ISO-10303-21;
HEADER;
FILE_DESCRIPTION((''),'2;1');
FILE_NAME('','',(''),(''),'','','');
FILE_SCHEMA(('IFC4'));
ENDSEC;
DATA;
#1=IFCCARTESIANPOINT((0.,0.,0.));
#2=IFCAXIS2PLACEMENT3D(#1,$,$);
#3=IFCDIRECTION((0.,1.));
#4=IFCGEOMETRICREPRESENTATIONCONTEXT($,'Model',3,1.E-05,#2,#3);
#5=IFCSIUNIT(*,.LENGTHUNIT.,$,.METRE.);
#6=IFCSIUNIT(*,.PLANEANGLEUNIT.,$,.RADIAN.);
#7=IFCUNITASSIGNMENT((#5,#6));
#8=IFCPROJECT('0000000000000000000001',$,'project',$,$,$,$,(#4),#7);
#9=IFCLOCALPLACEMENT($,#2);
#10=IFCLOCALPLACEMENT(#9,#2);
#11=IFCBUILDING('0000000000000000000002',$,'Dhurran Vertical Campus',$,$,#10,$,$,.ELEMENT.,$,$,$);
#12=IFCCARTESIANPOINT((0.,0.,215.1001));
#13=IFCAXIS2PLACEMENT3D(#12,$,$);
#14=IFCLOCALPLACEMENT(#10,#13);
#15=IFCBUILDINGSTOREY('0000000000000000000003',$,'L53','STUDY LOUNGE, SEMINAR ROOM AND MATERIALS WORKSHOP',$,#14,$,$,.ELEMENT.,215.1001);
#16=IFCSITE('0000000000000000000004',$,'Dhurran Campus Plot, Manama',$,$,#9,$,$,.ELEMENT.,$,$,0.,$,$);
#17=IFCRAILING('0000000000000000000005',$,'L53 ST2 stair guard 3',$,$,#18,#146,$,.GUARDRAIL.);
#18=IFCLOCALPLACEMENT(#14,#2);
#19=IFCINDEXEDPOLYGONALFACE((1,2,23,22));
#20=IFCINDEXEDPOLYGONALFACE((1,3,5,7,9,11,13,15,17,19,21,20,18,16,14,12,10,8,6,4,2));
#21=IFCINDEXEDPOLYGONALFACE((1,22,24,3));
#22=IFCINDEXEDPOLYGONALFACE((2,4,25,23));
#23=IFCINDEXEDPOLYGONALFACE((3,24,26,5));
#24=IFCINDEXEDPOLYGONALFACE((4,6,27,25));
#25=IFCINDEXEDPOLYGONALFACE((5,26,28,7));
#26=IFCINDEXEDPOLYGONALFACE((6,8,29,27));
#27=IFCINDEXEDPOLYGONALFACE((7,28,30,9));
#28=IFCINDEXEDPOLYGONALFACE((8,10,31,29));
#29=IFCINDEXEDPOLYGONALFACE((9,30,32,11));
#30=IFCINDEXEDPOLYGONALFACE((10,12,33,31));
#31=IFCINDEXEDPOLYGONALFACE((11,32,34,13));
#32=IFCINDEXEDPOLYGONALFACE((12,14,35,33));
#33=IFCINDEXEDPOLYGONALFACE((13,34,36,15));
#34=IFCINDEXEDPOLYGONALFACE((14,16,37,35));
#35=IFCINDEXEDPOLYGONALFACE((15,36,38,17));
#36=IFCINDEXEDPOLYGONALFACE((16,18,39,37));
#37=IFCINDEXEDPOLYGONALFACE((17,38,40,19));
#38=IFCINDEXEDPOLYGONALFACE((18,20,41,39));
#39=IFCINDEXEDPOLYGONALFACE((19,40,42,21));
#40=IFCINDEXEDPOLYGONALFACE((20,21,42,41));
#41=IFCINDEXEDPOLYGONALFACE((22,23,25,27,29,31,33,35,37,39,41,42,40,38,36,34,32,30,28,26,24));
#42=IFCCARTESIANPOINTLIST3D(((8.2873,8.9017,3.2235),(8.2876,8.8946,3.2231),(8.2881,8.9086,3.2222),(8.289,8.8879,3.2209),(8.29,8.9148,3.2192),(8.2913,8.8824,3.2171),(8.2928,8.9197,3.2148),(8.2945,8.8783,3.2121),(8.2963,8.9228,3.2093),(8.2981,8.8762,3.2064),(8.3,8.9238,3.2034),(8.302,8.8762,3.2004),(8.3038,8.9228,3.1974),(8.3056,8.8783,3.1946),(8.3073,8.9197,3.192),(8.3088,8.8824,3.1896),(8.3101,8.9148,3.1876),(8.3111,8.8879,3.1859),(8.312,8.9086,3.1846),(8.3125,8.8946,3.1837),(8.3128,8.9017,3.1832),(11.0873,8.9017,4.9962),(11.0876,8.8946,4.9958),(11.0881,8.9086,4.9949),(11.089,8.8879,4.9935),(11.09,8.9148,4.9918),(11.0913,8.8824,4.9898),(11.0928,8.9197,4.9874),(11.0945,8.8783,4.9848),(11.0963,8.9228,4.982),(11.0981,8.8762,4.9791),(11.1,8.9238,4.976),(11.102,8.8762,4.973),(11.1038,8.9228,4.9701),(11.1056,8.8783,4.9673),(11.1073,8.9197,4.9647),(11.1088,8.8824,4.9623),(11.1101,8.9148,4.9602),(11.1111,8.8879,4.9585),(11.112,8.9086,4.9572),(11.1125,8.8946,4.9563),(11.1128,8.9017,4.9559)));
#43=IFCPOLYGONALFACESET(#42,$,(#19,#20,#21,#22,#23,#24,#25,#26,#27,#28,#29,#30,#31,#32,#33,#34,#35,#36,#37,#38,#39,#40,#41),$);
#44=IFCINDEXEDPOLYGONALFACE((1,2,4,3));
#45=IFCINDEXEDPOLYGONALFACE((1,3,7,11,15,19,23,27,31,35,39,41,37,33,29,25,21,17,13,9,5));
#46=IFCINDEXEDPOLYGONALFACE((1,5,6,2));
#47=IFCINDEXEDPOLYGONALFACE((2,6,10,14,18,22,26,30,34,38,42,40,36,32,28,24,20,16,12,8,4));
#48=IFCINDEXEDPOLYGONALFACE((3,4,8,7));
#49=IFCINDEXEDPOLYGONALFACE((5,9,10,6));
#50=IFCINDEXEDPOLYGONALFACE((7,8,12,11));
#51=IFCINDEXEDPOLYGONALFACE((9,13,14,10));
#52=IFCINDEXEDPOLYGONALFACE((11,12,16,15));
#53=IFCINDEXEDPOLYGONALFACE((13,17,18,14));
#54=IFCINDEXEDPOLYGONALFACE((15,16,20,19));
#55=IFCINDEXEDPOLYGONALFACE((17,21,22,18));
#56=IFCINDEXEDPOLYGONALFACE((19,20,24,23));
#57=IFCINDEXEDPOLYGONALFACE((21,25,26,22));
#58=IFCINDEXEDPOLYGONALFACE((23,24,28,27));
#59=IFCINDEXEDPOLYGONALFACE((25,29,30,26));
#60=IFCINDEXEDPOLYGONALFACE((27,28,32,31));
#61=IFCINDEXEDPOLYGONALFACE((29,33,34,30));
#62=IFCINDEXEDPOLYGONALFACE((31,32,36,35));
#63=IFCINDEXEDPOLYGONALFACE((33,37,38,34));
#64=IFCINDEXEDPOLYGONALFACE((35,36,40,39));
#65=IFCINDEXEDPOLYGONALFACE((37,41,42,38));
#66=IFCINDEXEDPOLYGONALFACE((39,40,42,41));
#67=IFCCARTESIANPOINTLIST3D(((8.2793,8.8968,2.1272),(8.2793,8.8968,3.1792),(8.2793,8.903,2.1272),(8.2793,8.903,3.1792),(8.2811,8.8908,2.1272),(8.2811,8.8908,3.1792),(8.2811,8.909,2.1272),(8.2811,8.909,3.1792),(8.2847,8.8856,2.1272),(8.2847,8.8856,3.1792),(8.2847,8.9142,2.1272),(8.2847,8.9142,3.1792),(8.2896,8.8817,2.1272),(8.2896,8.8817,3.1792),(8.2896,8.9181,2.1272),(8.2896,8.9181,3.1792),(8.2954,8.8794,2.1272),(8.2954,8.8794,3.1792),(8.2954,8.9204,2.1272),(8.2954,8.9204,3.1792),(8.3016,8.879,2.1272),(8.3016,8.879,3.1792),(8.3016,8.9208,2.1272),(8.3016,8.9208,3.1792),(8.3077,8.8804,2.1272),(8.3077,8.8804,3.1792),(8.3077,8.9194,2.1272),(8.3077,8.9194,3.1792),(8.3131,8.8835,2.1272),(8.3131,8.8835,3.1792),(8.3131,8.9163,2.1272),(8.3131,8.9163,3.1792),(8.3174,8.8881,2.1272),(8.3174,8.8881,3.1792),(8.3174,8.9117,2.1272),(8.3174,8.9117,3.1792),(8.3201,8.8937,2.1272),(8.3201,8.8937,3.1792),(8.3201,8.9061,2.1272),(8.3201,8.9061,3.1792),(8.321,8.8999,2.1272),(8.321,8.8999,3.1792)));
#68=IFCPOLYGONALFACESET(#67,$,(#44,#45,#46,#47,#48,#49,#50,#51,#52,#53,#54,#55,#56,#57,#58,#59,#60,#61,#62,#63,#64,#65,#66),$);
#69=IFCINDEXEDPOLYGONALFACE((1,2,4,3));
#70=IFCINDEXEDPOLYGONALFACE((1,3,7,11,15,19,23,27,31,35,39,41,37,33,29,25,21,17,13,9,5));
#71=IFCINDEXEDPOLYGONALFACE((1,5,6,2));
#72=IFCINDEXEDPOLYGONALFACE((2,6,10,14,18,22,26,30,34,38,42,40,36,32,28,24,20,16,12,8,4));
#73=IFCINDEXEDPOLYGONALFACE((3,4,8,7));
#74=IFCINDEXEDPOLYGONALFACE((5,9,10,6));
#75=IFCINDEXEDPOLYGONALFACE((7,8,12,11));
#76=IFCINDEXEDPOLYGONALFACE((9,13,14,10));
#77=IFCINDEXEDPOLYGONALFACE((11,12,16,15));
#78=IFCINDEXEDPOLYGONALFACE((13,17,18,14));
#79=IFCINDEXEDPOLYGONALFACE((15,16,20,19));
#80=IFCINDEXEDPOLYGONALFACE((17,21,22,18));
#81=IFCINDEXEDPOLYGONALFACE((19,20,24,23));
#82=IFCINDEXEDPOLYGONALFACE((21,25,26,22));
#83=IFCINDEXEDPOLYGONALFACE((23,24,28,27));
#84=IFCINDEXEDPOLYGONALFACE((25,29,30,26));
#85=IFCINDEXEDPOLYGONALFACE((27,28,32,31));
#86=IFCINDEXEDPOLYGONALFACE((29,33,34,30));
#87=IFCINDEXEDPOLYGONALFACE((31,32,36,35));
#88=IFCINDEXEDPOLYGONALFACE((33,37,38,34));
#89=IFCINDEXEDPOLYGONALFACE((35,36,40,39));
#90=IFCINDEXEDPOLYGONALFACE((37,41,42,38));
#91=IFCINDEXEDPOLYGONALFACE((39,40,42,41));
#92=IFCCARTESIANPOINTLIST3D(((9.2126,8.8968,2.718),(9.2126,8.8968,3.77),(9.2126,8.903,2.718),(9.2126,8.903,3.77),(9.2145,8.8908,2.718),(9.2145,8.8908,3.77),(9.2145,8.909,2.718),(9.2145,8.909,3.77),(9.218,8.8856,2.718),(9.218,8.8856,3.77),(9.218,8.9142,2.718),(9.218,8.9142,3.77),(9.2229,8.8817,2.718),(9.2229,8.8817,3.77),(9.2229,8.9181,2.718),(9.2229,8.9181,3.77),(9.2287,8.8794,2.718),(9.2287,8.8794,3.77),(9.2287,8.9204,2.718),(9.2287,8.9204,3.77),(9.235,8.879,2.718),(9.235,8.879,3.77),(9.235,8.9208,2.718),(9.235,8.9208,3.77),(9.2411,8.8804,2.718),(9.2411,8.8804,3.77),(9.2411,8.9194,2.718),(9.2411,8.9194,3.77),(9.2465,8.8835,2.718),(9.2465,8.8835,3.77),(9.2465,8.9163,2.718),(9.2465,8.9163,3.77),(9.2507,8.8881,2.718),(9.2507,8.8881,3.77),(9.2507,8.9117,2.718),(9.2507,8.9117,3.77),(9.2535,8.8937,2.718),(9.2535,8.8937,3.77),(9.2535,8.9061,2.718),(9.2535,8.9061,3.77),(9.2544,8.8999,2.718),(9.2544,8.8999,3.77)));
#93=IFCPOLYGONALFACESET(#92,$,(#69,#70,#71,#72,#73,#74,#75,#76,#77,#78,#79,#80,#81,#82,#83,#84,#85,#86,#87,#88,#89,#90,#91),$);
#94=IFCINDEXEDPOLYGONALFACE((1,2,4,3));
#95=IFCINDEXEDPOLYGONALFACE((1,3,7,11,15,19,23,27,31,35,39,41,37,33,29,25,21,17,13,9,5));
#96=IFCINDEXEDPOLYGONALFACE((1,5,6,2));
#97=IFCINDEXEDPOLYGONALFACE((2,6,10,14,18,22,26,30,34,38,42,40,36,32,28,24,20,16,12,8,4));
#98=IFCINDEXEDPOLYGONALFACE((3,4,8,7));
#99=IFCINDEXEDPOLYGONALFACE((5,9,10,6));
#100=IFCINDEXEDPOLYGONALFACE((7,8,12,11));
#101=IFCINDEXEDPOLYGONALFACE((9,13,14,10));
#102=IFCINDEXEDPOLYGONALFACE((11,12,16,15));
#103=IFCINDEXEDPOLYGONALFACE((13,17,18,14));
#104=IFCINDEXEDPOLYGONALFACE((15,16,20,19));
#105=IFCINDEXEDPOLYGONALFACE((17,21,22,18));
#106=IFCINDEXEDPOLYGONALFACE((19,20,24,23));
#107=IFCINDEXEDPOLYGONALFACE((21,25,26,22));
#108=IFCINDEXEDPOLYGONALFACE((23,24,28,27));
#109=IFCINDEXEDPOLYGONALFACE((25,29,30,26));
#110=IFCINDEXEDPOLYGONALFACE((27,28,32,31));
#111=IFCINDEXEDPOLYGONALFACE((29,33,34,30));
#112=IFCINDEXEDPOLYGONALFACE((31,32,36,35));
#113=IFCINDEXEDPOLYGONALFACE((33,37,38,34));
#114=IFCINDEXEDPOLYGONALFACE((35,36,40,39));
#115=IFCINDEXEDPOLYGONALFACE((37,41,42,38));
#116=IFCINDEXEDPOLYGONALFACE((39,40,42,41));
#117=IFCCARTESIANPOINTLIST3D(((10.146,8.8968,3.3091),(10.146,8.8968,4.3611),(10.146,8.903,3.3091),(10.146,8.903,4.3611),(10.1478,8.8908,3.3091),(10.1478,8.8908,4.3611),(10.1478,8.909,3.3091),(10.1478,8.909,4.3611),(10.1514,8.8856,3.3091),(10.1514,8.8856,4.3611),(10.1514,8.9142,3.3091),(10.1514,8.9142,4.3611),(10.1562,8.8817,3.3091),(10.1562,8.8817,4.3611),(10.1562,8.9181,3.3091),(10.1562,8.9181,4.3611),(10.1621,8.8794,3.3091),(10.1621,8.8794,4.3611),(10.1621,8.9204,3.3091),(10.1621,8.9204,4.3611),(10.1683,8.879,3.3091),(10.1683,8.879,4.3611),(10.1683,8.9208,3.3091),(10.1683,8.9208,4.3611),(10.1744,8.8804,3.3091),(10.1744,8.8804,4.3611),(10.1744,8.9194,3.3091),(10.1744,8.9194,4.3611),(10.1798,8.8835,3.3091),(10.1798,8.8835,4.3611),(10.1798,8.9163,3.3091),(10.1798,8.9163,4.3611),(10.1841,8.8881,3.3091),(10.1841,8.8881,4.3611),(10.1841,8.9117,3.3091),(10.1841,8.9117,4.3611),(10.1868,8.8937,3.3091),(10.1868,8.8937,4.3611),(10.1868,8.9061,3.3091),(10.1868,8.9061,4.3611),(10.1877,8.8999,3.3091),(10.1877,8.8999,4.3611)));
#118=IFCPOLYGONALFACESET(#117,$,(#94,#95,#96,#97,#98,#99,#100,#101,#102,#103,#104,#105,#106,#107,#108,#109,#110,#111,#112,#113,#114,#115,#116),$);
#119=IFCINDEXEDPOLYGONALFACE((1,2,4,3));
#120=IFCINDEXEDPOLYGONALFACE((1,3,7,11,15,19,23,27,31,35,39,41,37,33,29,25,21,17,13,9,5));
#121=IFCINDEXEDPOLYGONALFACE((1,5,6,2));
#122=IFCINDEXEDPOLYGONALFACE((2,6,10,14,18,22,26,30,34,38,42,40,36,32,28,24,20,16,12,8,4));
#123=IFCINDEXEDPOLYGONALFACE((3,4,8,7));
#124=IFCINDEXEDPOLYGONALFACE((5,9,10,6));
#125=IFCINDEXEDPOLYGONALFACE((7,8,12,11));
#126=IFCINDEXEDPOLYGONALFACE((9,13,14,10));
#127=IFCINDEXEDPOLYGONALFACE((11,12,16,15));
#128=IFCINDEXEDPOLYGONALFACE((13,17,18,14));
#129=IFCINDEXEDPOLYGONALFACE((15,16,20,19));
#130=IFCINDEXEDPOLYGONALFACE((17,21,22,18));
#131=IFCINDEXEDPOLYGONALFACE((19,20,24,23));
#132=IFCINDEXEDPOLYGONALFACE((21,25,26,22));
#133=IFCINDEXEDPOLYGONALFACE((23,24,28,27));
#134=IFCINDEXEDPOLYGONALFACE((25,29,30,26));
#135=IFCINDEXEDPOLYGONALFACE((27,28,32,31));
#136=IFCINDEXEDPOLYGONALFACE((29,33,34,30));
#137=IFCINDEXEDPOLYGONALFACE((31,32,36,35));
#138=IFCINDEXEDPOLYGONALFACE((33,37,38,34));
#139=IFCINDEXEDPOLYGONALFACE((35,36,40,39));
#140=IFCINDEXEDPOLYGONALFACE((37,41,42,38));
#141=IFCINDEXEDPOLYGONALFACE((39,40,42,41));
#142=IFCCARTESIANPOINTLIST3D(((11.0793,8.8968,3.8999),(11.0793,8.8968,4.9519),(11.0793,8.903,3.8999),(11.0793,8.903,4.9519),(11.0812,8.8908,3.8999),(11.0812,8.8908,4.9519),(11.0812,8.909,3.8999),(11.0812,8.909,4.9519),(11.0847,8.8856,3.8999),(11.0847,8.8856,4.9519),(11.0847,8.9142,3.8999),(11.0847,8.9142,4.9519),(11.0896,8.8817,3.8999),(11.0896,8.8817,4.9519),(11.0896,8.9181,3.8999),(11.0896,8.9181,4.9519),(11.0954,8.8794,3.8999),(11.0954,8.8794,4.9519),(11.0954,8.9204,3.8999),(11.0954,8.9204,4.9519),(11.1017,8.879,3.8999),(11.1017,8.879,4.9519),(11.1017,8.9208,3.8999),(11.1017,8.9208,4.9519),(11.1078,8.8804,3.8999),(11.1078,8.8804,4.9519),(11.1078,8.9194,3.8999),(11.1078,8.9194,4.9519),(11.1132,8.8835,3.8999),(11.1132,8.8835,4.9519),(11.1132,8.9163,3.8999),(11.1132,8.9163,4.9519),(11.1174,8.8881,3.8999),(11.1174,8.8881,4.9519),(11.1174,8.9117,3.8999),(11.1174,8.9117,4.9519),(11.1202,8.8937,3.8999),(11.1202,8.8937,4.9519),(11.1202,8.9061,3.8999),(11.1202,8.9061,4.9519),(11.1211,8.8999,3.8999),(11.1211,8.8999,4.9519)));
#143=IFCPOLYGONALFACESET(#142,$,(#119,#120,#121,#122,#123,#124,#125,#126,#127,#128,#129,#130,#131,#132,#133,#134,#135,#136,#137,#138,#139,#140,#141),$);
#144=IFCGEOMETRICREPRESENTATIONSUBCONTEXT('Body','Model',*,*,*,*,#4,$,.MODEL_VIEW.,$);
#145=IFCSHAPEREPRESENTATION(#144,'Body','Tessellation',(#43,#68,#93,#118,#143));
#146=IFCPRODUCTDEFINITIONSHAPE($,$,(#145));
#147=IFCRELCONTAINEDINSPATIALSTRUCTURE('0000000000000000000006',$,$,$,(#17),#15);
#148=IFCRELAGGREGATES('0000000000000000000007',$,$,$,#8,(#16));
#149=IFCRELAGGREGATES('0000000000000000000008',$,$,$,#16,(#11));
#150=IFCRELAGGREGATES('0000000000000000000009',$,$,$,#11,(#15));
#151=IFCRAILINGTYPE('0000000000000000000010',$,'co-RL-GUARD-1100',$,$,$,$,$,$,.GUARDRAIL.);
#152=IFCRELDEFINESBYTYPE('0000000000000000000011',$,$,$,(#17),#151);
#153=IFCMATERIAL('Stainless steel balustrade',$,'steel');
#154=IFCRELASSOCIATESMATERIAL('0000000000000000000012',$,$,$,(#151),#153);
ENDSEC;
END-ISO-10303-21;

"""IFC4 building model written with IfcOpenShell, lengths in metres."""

from ifc_helpers import new_model, si_unit, direction, frame, origin, origin_2d, place, context, subcontext, project, spatial, circle, extrude, material, type_object, element, save


model = new_model("IFC4")

# Units and contexts
model_context = context("Model", 3, precision=1e-05, world=origin(), true_north=direction((0.0, 1.0)))
body_context = subcontext(model_context, "Body", "Model", "MODEL_VIEW")
ifc_project = project(units=[si_unit("LENGTHUNIT", "METRE"), si_unit("PLANEANGLEUNIT", "RADIAN")], contexts=[model_context])

# Site, building, storey
site_placement = place(None, origin())
site = spatial("IfcSite", under=ifc_project, at=site_placement, Name="Dhurran Campus Plot, Manama", CompositionType="ELEMENT", RefElevation=0.0)
building_placement = place(site_placement, origin())
building = spatial("IfcBuilding", under=site, at=building_placement, Name="Dhurran Vertical Campus", CompositionType="ELEMENT")
storey_placement = place(building_placement, frame((0.0, 0.0, 215.1001)))
storey = spatial("IfcBuildingStorey", under=building, at=storey_placement, Name="L53", Description="STUDY LOUNGE, SEMINAR ROOM AND MATERIALS WORKSHOP", CompositionType="ELEMENT", Elevation=215.1001)

# Railing
ifc_material_1 = material(Name="Stainless steel balustrade", Category="steel")
railing_type_1 = type_object("IfcRailingType", Name="co-RL-GUARD-1100", PredefinedType="GUARDRAIL", material=ifc_material_1)
railing_1_placement = place(storey_placement, frame((8.3, 8.8999, 2.1272)))
element("IfcRailing", 1, at=railing_1_placement, inside=storey, type_object=railing_type_1, Name="L53 ST2 stair guard 3", PredefinedType="GUARDRAIL", context=body_context, shape_type="SweptSolid", body=[
    extrude(circle(Radius=0.0239, at=origin_2d()), frame((0.0, 0.0, 1.0762), z_axis=(0.844909, 0.0, 0.53491), x_axis=(0.0, 1.0, 0.0)), (0.0, 0.0, 1.0), 3.314),
    extrude(circle(Radius=0.021, at=origin_2d()), origin(), (0.0, 0.0, 1.0), 1.052),
    extrude(circle(Radius=0.021, at=origin_2d()), frame((0.9333, 0.0, 0.5908)), (0.0, 0.0, 1.0), 1.052),
    extrude(circle(Radius=0.021, at=origin_2d()), frame((1.8667, 0.0, 1.1819)), (0.0, 0.0, 1.0), 1.052),
    extrude(circle(Radius=0.021, at=origin_2d()), frame((2.8, 0.0, 1.7727)), (0.0, 0.0, 1.0), 1.052),
])

save(model, "model.ifc")
